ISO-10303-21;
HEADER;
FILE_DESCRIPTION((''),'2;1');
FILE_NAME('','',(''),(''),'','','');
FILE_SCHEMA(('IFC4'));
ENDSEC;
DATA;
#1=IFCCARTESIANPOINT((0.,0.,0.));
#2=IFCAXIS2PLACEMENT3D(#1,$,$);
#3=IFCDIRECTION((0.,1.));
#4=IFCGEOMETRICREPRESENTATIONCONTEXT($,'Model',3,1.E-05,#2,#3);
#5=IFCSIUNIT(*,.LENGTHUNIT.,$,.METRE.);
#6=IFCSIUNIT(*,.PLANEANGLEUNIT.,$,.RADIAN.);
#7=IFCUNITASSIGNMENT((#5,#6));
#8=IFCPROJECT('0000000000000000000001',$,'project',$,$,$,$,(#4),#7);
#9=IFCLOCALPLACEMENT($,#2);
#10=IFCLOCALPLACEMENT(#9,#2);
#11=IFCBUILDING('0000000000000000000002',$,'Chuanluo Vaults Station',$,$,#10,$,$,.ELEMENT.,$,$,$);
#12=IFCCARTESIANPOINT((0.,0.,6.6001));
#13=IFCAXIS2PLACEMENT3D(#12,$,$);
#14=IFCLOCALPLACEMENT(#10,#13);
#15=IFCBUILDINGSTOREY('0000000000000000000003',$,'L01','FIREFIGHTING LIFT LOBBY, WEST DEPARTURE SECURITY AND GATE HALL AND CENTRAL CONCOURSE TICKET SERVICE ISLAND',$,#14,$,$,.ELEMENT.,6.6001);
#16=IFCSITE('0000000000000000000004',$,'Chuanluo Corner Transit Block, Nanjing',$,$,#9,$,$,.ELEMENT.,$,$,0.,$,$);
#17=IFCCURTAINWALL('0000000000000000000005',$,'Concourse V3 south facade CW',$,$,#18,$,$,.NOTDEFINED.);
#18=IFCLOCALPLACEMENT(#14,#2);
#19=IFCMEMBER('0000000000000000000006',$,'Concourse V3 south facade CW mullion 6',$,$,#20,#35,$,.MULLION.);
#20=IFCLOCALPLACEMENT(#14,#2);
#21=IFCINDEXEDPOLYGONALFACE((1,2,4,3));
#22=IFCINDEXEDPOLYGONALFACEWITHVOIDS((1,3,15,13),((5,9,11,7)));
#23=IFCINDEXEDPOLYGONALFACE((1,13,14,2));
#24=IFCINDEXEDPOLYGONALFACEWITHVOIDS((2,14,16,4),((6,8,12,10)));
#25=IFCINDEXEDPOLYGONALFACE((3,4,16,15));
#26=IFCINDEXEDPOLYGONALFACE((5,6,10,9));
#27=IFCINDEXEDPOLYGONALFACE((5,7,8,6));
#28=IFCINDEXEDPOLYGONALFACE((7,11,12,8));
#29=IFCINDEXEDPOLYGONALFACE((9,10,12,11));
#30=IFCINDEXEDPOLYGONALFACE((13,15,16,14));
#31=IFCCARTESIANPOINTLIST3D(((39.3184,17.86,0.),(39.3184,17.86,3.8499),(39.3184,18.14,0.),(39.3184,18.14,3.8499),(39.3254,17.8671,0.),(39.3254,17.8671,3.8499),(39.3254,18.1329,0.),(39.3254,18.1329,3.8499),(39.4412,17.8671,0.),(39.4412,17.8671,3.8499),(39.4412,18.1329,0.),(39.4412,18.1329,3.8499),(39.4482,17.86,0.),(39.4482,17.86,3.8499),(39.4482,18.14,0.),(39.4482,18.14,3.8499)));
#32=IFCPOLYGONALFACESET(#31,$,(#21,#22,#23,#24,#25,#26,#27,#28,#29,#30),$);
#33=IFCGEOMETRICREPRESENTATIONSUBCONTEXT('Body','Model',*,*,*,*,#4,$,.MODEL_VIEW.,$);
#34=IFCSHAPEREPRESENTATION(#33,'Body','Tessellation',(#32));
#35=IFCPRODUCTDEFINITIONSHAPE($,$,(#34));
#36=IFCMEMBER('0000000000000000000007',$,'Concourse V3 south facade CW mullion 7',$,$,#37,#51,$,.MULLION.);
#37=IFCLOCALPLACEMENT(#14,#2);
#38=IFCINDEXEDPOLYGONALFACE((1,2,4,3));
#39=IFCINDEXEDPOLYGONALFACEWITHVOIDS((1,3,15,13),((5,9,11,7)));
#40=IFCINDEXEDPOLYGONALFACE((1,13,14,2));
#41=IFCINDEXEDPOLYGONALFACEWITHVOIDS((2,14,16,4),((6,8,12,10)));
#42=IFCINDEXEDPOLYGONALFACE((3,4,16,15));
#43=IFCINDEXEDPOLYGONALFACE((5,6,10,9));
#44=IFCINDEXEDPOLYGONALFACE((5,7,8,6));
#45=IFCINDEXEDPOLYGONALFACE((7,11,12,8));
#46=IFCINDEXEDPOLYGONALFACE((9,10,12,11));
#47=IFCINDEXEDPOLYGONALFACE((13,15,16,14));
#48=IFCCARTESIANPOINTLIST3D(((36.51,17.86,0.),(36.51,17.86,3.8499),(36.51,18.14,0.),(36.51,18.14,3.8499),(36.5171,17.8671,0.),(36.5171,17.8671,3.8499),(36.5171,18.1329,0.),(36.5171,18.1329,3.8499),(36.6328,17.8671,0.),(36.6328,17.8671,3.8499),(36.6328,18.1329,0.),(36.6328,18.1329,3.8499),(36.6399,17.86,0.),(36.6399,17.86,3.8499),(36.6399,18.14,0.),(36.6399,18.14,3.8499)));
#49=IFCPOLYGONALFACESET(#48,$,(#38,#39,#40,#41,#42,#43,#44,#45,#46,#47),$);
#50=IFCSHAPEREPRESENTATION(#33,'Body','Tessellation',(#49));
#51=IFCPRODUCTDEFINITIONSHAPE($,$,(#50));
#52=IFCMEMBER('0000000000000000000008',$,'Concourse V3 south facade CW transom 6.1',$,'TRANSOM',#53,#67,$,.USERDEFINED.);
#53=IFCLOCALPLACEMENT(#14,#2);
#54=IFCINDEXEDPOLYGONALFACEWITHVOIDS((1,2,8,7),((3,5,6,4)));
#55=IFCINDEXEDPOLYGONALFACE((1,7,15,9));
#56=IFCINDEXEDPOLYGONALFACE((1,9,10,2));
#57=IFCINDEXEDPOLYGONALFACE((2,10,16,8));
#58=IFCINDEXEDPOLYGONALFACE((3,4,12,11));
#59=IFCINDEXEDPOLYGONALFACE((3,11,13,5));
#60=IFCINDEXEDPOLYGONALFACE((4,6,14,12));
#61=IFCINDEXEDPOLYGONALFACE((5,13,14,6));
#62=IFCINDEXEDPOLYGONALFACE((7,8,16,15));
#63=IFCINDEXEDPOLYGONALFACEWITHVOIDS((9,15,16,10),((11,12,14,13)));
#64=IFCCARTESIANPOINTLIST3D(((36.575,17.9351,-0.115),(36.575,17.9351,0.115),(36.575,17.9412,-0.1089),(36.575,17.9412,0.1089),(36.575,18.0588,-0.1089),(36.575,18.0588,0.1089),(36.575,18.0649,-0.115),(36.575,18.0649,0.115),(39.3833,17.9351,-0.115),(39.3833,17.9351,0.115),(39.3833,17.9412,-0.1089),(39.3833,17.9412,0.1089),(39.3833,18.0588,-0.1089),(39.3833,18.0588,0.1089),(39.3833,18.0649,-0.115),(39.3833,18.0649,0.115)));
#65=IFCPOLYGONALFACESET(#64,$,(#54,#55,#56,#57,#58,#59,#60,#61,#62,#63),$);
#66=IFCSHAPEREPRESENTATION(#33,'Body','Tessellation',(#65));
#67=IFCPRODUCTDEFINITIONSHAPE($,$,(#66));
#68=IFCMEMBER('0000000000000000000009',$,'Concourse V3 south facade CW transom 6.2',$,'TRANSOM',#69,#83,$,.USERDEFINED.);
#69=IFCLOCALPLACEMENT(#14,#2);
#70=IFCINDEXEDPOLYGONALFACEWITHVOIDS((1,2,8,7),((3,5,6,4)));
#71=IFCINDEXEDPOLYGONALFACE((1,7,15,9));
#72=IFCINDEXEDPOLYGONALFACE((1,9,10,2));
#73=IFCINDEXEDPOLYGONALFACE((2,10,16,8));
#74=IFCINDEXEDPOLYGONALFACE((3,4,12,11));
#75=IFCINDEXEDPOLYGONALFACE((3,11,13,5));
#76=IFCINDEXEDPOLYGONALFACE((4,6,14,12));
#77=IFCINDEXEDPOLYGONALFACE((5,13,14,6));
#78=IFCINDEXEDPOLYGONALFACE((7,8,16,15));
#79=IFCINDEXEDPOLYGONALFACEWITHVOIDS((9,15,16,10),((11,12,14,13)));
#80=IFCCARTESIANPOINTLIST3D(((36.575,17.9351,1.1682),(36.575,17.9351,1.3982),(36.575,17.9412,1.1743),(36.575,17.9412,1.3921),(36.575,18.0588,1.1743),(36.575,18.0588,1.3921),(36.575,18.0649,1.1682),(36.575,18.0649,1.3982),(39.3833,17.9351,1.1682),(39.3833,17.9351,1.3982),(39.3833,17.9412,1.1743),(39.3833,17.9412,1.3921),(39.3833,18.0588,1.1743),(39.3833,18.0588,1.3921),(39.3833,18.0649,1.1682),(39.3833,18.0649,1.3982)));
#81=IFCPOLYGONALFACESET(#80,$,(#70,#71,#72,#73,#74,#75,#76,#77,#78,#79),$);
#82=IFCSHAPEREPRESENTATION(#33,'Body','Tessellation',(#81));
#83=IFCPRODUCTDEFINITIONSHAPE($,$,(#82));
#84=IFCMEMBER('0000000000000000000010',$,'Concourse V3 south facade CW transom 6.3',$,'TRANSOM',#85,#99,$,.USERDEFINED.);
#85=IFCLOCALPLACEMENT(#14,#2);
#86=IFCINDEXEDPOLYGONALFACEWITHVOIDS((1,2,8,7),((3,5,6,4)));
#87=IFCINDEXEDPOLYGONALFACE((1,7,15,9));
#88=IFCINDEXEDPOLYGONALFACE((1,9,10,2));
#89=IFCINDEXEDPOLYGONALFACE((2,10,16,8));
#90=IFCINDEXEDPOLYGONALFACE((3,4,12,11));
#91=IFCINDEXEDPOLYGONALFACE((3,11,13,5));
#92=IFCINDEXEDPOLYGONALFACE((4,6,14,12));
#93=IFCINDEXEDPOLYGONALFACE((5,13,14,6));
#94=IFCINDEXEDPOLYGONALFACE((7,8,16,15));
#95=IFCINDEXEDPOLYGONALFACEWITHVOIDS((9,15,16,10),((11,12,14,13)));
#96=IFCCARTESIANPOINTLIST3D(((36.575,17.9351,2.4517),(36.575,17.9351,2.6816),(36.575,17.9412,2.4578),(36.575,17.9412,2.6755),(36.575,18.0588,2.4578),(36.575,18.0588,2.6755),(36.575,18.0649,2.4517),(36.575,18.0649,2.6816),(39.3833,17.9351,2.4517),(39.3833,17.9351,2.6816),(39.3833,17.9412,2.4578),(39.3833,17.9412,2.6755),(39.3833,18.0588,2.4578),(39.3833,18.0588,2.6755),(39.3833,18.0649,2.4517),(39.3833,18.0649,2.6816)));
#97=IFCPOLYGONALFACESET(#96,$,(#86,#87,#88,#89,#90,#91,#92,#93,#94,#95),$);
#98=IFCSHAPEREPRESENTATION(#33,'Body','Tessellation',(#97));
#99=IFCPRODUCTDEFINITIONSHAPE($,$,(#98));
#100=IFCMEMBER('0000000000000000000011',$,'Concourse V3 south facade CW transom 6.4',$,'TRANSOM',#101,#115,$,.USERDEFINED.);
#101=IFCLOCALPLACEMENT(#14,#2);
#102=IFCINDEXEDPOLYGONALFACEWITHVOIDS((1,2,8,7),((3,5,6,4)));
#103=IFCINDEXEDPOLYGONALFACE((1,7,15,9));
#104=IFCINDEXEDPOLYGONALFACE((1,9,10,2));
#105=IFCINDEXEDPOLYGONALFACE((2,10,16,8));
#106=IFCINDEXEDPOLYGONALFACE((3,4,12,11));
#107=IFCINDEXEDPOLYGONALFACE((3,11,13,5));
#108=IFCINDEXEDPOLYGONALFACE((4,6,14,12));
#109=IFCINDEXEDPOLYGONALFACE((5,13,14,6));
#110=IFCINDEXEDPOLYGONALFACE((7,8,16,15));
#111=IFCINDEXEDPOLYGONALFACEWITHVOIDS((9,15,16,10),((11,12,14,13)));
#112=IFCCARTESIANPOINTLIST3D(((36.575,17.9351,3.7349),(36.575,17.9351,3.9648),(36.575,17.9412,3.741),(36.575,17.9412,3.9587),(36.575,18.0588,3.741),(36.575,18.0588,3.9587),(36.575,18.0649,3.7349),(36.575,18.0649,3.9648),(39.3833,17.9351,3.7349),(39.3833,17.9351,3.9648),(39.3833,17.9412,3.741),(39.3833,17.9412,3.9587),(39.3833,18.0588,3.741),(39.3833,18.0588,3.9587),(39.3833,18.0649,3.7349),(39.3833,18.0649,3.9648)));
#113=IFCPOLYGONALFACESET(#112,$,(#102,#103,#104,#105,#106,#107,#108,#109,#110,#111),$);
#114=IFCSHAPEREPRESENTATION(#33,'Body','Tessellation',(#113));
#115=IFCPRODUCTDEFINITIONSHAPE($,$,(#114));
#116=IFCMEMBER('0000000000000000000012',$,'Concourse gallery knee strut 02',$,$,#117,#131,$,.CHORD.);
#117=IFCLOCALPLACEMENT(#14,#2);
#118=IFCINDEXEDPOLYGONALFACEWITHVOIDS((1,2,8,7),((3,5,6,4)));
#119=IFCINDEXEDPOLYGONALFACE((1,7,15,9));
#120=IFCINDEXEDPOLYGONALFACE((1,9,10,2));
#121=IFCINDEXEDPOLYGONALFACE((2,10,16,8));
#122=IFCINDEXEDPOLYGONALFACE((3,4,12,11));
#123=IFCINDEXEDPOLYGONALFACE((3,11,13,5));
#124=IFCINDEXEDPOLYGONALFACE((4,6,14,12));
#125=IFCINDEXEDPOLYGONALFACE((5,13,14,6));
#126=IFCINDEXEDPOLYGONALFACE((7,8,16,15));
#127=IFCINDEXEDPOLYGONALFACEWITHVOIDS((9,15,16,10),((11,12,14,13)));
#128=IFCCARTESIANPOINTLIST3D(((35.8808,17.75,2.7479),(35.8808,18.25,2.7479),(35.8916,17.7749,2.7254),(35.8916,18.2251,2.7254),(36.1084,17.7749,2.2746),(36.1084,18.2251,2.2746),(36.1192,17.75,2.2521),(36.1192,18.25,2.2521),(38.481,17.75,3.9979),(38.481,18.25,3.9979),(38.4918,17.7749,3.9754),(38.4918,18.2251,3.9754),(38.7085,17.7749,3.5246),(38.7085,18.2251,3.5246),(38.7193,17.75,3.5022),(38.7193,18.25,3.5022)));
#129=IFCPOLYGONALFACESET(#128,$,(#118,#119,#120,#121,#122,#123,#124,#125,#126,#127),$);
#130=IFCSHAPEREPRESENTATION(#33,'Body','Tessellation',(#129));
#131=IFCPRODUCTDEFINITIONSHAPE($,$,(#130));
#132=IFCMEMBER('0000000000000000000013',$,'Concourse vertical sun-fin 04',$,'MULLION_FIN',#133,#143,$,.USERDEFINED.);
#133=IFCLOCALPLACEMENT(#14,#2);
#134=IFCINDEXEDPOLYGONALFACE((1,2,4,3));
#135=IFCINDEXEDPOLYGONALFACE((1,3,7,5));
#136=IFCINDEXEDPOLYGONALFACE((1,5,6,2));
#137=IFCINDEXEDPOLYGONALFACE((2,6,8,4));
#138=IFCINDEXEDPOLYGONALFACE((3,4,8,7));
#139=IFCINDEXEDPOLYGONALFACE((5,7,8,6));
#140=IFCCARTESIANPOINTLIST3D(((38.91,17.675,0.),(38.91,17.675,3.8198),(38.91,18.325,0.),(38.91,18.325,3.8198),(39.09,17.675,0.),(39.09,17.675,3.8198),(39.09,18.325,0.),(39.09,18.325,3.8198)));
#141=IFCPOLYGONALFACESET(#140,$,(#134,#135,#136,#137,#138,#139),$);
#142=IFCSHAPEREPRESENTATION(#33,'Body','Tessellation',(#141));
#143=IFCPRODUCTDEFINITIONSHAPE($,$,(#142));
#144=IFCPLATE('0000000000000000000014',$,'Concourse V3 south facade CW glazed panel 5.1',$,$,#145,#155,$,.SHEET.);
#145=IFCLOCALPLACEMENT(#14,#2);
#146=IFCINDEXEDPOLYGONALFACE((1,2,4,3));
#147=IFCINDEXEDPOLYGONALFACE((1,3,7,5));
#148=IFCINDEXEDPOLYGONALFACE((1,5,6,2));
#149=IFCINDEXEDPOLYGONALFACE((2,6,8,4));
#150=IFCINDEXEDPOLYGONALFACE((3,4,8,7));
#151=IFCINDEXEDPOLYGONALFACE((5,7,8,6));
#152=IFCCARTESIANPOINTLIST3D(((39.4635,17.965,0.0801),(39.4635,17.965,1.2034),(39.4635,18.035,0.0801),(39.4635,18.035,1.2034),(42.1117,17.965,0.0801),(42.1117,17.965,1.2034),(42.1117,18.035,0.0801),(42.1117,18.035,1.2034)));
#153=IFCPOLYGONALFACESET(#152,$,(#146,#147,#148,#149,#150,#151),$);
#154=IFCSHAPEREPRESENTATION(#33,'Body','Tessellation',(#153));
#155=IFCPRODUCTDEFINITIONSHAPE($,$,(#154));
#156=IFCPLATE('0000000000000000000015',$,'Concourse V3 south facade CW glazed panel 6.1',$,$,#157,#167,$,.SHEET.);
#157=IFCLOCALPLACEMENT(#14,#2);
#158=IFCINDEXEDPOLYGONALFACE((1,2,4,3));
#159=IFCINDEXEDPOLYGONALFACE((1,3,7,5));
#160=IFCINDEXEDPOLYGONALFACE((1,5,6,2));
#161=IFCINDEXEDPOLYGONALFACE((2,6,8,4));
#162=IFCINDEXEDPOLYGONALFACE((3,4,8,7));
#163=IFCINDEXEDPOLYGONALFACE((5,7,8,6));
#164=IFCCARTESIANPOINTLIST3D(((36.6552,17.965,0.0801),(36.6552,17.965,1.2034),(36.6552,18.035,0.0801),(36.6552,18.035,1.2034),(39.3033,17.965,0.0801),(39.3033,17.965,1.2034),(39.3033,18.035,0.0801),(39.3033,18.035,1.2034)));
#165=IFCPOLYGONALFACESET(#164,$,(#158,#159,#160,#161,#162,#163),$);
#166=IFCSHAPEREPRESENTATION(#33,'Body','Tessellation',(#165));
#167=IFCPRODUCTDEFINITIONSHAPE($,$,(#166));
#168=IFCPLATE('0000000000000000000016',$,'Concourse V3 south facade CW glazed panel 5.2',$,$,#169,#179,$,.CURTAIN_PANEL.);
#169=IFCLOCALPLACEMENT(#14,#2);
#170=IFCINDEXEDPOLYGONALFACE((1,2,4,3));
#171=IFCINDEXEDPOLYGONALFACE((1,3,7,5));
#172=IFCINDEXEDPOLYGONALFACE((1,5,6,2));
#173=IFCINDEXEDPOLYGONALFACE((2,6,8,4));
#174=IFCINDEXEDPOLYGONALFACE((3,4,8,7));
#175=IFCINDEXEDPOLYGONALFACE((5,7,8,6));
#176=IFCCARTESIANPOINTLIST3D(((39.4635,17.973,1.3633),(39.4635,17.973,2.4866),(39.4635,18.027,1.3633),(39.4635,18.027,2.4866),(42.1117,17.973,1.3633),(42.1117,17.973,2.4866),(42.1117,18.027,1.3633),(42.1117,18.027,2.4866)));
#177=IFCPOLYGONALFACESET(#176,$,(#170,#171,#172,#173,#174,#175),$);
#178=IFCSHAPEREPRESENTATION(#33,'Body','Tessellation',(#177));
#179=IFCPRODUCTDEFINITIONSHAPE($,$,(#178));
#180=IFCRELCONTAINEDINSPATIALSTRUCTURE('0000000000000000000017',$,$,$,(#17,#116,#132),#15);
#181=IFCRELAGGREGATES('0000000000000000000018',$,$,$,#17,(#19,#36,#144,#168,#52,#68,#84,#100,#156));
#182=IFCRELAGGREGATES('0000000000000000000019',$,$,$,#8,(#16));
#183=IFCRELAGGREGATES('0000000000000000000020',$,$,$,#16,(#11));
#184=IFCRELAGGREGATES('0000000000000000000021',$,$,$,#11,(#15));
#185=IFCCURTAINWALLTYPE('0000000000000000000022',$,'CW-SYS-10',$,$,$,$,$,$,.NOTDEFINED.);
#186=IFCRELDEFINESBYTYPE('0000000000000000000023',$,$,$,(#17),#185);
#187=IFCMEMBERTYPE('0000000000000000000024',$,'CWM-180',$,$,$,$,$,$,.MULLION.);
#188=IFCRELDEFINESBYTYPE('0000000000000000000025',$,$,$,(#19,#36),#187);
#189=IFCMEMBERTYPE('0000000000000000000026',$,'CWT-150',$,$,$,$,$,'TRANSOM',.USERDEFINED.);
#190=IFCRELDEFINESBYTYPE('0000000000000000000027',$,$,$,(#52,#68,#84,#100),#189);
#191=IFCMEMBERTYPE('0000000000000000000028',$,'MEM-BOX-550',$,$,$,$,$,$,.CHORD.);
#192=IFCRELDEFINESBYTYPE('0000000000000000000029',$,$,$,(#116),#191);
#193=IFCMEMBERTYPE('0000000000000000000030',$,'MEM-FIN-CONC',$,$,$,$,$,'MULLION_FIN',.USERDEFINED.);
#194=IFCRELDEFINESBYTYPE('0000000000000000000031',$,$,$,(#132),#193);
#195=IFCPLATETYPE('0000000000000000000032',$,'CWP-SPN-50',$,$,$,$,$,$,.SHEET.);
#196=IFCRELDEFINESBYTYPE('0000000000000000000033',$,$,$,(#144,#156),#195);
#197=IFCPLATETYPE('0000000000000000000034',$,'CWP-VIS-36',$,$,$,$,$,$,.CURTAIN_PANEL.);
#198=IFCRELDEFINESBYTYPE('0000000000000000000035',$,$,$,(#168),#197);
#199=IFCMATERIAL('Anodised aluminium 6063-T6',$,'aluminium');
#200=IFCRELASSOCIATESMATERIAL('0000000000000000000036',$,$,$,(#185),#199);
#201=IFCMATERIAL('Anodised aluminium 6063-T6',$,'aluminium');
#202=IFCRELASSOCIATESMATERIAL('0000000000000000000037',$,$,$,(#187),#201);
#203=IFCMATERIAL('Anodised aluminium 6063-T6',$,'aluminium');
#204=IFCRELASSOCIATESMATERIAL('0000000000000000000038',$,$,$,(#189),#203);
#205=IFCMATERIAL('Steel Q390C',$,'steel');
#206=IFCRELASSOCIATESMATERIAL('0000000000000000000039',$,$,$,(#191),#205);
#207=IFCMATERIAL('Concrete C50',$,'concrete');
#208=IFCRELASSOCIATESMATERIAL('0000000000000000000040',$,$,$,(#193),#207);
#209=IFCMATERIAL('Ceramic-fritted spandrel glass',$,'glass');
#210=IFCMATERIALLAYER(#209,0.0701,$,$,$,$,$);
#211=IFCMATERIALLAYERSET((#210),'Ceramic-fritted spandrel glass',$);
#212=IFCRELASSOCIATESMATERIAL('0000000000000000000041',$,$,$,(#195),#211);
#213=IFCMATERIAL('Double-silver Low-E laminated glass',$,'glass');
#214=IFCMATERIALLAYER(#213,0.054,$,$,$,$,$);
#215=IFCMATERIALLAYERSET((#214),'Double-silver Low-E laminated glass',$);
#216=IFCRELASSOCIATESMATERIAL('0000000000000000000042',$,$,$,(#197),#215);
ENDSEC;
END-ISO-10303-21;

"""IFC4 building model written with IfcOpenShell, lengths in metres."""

from ifc_helpers import new_model, si_unit, direction, frame, origin, origin_2d, place, context, subcontext, project, spatial, rectangle, hollow_rectangle, extrude, material, layer, layer_set, material_profile, profile_set, type_object, element, aggregate, save


model = new_model("IFC4")

# Units and contexts
model_context = context("Model", 3, precision=1e-05, world=origin(), true_north=direction((0.0, 1.0)))
body_context = subcontext(model_context, "Body", "Model", "MODEL_VIEW")
ifc_project = project(units=[si_unit("LENGTHUNIT", "METRE"), si_unit("PLANEANGLEUNIT", "RADIAN")], contexts=[model_context])

# Site, building, storey
site_placement = place(None, origin())
site = spatial("IfcSite", under=ifc_project, at=site_placement, Name="Chuanluo Corner Transit Block, Nanjing", CompositionType="ELEMENT", RefElevation=0.0)
building_placement = place(site_placement, origin())
building = spatial("IfcBuilding", under=site, at=building_placement, Name="Chuanluo Vaults Station", CompositionType="ELEMENT")
storey_placement = place(building_placement, frame((0.0, 0.0, 6.6001)))
storey = spatial("IfcBuildingStorey", under=building, at=storey_placement, Name="L01", Description="FIREFIGHTING LIFT LOBBY, WEST DEPARTURE SECURITY AND GATE HALL AND CENTRAL CONCOURSE TICKET SERVICE ISLAND", CompositionType="ELEMENT", Elevation=6.6001)

# Curtain wall, members
ifc_material_1 = material(Name="Anodised aluminium 6063-T6", Category="aluminium")
curtain_wall_type = type_object("IfcCurtainWallType", Name="CW-SYS-10", PredefinedType="NOTDEFINED", material=ifc_material_1)
curtain_wall_placement = place(storey_placement, origin())
curtain_wall = element("IfcCurtainWall", 1, at=curtain_wall_placement, inside=storey, type_object=curtain_wall_type, Name="Concourse V3 south facade CW", PredefinedType="NOTDEFINED")
ifc_material_2 = material(Name="Anodised aluminium 6063-T6", Category="aluminium")
ifc_material_profile_1 = material_profile(ifc_material_2, hollow_rectangle(XDim=0.1299, YDim=0.28, WallThickness=0.0071, at=origin_2d()))
ifc_profile_set_1 = profile_set([ifc_material_profile_1], Name="Anodised aluminium 6063-T6")
member_type_1 = type_object("IfcMemberType", Name="CWM-180", PredefinedType="MULLION", material=ifc_profile_set_1)
member_1_placement = place(storey_placement, frame((39.3833, 18.0, 0.0), z_axis=(0.0, 0.0, 1.0), x_axis=(-1.0, 0.0, 0.0)))
member_1 = element("IfcMember", 2, at=member_1_placement, type_object=member_type_1, Name="Concourse V3 south facade CW mullion 6", PredefinedType="MULLION", context=body_context, shape_type="SweptSolid", body=[
    extrude(hollow_rectangle(XDim=0.1299, YDim=0.28, WallThickness=0.0071, at=origin_2d()), origin(), (0.0, 0.0, 1.0), 3.8499),
])
member_2_placement = place(storey_placement, frame((36.575, 18.0, 0.0), z_axis=(0.0, 0.0, 1.0), x_axis=(-1.0, 0.0, 0.0)))
member_2 = element("IfcMember", 3, at=member_2_placement, type_object=member_type_1, Name="Concourse V3 south facade CW mullion 7", PredefinedType="MULLION", context=body_context, shape_type="SweptSolid", body=[
    extrude(hollow_rectangle(XDim=0.1299, YDim=0.28, WallThickness=0.0071, at=origin_2d()), origin(), (0.0, 0.0, 1.0), 3.8499),
])
ifc_material_3 = material(Name="Anodised aluminium 6063-T6", Category="aluminium")
ifc_material_profile_2 = material_profile(ifc_material_3, hollow_rectangle(XDim=0.1299, YDim=0.23, WallThickness=0.0061, at=origin_2d()))
ifc_profile_set_2 = profile_set([ifc_material_profile_2], Name="Anodised aluminium 6063-T6")
member_type_2 = type_object("IfcMemberType", Name="CWT-150", ElementType="TRANSOM", PredefinedType="USERDEFINED", material=ifc_profile_set_2)
member_3_placement = place(storey_placement, frame((39.3833, 18.0, 0.0), z_axis=(-1.0, 0.0, 0.0), x_axis=(0.0, -1.0, 0.0)))
member_3 = element("IfcMember", 4, at=member_3_placement, type_object=member_type_2, Name="Concourse V3 south facade CW transom 6.1", ObjectType="TRANSOM", PredefinedType="USERDEFINED", context=body_context, shape_type="SweptSolid", body=[
    extrude(hollow_rectangle(XDim=0.1299, YDim=0.23, WallThickness=0.0061, at=origin_2d()), origin(), (0.0, 0.0, 1.0), 2.8083),
])
member_4_placement = place(storey_placement, frame((39.3833, 18.0, 1.2832), z_axis=(-1.0, 0.0, 0.0), x_axis=(0.0, -1.0, 0.0)))
member_4 = element("IfcMember", 5, at=member_4_placement, type_object=member_type_2, Name="Concourse V3 south facade CW transom 6.2", ObjectType="TRANSOM", PredefinedType="USERDEFINED", context=body_context, shape_type="SweptSolid", body=[
    extrude(hollow_rectangle(XDim=0.1299, YDim=0.23, WallThickness=0.0061, at=origin_2d()), origin(), (0.0, 0.0, 1.0), 2.8083),
])
member_5_placement = place(storey_placement, frame((39.3833, 18.0, 2.5667), z_axis=(-1.0, 0.0, 0.0), x_axis=(0.0, -1.0, 0.0)))
member_5 = element("IfcMember", 6, at=member_5_placement, type_object=member_type_2, Name="Concourse V3 south facade CW transom 6.3", ObjectType="TRANSOM", PredefinedType="USERDEFINED", context=body_context, shape_type="SweptSolid", body=[
    extrude(hollow_rectangle(XDim=0.1299, YDim=0.23, WallThickness=0.0061, at=origin_2d()), origin(), (0.0, 0.0, 1.0), 2.8083),
])
member_6_placement = place(storey_placement, frame((39.3833, 18.0, 3.8499), z_axis=(-1.0, 0.0, 0.0), x_axis=(0.0, -1.0, 0.0)))
member_6 = element("IfcMember", 7, at=member_6_placement, type_object=member_type_2, Name="Concourse V3 south facade CW transom 6.4", ObjectType="TRANSOM", PredefinedType="USERDEFINED", context=body_context, shape_type="SweptSolid", body=[
    extrude(hollow_rectangle(XDim=0.1299, YDim=0.23, WallThickness=0.0061, at=origin_2d()), origin(), (0.0, 0.0, 1.0), 2.8083),
])

# Members
ifc_material_4 = material(Name="Steel Q390C", Category="steel")
ifc_material_profile_3 = material_profile(ifc_material_4, hollow_rectangle(XDim=0.5, YDim=0.55, WallThickness=0.0249, at=origin_2d()))
ifc_profile_set_3 = profile_set([ifc_material_profile_3], Name="Steel Q390C")
member_type_3 = type_object("IfcMemberType", Name="MEM-BOX-550", PredefinedType="CHORD", material=ifc_profile_set_3)
member_7_placement = place(storey_placement, frame((36.0, 18.0, 2.5), z_axis=(0.901259, 0.0, 0.433281), x_axis=(0.0, 1.0, 0.0)))
element("IfcMember", 8, at=member_7_placement, inside=storey, type_object=member_type_3, Name="Concourse gallery knee strut 02", PredefinedType="CHORD", context=body_context, shape_type="SweptSolid", body=[
    extrude(hollow_rectangle(XDim=0.5, YDim=0.55, WallThickness=0.0249, at=origin_2d()), origin(), (0.0, 0.0, 1.0), 2.885),
])
ifc_material_5 = material(Name="Concrete C50", Category="concrete")
ifc_material_profile_4 = material_profile(ifc_material_5, rectangle(XDim=0.1799, YDim=0.6499, at=origin_2d()))
ifc_profile_set_4 = profile_set([ifc_material_profile_4], Name="Concrete C50")
member_type_4 = type_object("IfcMemberType", Name="MEM-FIN-CONC", ElementType="MULLION_FIN", PredefinedType="USERDEFINED", material=ifc_profile_set_4)
member_8_placement = place(storey_placement, frame((39.0, 18.0, 0.0), z_axis=(0.0, 0.0, 1.0), x_axis=(1.0, 0.0, 0.0)))
element("IfcMember", 9, at=member_8_placement, inside=storey, type_object=member_type_4, Name="Concourse vertical sun-fin 04", ObjectType="MULLION_FIN", PredefinedType="USERDEFINED", context=body_context, shape_type="SweptSolid", body=[
    extrude(rectangle(XDim=0.1799, YDim=0.6499, at=origin_2d()), origin(), (0.0, 0.0, 1.0), 3.8198),
])

# Plates
ifc_material_6 = material(Name="Ceramic-fritted spandrel glass", Category="glass")
ifc_layer_1 = layer(ifc_material_6, 0.0701)
ifc_layer_set_1 = layer_set([ifc_layer_1], Name="Ceramic-fritted spandrel glass")
plate_type_1 = type_object("IfcPlateType", Name="CWP-SPN-50", PredefinedType="SHEET", material=ifc_layer_set_1)
plate_1_placement = place(storey_placement, frame((40.7876, 18.0, 0.0801), z_axis=(0.0, 0.0, 1.0), x_axis=(-1.0, 0.0, 0.0)))
plate_1 = element("IfcPlate", 10, at=plate_1_placement, type_object=plate_type_1, Name="Concourse V3 south facade CW glazed panel 5.1", PredefinedType="SHEET", context=body_context, shape_type="SweptSolid", body=[
    extrude(rectangle(XDim=2.6482, YDim=0.0701, at=origin_2d()), origin(), (0.0, 0.0, 1.0), 1.1233),
])
plate_2_placement = place(storey_placement, frame((37.9792, 18.0, 0.0801), z_axis=(0.0, 0.0, 1.0), x_axis=(-1.0, 0.0, 0.0)))
plate_2 = element("IfcPlate", 11, at=plate_2_placement, type_object=plate_type_1, Name="Concourse V3 south facade CW glazed panel 6.1", PredefinedType="SHEET", context=body_context, shape_type="SweptSolid", body=[
    extrude(rectangle(XDim=2.6482, YDim=0.0701, at=origin_2d()), origin(), (0.0, 0.0, 1.0), 1.1233),
])
ifc_material_7 = material(Name="Double-silver Low-E laminated glass", Category="glass")
ifc_layer_2 = layer(ifc_material_7, 0.054)
ifc_layer_set_2 = layer_set([ifc_layer_2], Name="Double-silver Low-E laminated glass")
plate_type_2 = type_object("IfcPlateType", Name="CWP-VIS-36", PredefinedType="CURTAIN_PANEL", material=ifc_layer_set_2)
plate_3_placement = place(storey_placement, frame((40.7876, 18.0, 1.3633), z_axis=(0.0, 0.0, 1.0), x_axis=(-1.0, 0.0, 0.0)))
plate_3 = element("IfcPlate", 12, at=plate_3_placement, type_object=plate_type_2, Name="Concourse V3 south facade CW glazed panel 5.2", PredefinedType="CURTAIN_PANEL", context=body_context, shape_type="SweptSolid", body=[
    extrude(rectangle(XDim=2.6482, YDim=0.054, at=origin_2d()), origin(), (0.0, 0.0, 1.0), 1.1233),
])
aggregate(curtain_wall, [member_1, member_2, plate_1, plate_3, member_3, member_4, member_5, member_6, plate_2])

save(model, "model.ifc")
